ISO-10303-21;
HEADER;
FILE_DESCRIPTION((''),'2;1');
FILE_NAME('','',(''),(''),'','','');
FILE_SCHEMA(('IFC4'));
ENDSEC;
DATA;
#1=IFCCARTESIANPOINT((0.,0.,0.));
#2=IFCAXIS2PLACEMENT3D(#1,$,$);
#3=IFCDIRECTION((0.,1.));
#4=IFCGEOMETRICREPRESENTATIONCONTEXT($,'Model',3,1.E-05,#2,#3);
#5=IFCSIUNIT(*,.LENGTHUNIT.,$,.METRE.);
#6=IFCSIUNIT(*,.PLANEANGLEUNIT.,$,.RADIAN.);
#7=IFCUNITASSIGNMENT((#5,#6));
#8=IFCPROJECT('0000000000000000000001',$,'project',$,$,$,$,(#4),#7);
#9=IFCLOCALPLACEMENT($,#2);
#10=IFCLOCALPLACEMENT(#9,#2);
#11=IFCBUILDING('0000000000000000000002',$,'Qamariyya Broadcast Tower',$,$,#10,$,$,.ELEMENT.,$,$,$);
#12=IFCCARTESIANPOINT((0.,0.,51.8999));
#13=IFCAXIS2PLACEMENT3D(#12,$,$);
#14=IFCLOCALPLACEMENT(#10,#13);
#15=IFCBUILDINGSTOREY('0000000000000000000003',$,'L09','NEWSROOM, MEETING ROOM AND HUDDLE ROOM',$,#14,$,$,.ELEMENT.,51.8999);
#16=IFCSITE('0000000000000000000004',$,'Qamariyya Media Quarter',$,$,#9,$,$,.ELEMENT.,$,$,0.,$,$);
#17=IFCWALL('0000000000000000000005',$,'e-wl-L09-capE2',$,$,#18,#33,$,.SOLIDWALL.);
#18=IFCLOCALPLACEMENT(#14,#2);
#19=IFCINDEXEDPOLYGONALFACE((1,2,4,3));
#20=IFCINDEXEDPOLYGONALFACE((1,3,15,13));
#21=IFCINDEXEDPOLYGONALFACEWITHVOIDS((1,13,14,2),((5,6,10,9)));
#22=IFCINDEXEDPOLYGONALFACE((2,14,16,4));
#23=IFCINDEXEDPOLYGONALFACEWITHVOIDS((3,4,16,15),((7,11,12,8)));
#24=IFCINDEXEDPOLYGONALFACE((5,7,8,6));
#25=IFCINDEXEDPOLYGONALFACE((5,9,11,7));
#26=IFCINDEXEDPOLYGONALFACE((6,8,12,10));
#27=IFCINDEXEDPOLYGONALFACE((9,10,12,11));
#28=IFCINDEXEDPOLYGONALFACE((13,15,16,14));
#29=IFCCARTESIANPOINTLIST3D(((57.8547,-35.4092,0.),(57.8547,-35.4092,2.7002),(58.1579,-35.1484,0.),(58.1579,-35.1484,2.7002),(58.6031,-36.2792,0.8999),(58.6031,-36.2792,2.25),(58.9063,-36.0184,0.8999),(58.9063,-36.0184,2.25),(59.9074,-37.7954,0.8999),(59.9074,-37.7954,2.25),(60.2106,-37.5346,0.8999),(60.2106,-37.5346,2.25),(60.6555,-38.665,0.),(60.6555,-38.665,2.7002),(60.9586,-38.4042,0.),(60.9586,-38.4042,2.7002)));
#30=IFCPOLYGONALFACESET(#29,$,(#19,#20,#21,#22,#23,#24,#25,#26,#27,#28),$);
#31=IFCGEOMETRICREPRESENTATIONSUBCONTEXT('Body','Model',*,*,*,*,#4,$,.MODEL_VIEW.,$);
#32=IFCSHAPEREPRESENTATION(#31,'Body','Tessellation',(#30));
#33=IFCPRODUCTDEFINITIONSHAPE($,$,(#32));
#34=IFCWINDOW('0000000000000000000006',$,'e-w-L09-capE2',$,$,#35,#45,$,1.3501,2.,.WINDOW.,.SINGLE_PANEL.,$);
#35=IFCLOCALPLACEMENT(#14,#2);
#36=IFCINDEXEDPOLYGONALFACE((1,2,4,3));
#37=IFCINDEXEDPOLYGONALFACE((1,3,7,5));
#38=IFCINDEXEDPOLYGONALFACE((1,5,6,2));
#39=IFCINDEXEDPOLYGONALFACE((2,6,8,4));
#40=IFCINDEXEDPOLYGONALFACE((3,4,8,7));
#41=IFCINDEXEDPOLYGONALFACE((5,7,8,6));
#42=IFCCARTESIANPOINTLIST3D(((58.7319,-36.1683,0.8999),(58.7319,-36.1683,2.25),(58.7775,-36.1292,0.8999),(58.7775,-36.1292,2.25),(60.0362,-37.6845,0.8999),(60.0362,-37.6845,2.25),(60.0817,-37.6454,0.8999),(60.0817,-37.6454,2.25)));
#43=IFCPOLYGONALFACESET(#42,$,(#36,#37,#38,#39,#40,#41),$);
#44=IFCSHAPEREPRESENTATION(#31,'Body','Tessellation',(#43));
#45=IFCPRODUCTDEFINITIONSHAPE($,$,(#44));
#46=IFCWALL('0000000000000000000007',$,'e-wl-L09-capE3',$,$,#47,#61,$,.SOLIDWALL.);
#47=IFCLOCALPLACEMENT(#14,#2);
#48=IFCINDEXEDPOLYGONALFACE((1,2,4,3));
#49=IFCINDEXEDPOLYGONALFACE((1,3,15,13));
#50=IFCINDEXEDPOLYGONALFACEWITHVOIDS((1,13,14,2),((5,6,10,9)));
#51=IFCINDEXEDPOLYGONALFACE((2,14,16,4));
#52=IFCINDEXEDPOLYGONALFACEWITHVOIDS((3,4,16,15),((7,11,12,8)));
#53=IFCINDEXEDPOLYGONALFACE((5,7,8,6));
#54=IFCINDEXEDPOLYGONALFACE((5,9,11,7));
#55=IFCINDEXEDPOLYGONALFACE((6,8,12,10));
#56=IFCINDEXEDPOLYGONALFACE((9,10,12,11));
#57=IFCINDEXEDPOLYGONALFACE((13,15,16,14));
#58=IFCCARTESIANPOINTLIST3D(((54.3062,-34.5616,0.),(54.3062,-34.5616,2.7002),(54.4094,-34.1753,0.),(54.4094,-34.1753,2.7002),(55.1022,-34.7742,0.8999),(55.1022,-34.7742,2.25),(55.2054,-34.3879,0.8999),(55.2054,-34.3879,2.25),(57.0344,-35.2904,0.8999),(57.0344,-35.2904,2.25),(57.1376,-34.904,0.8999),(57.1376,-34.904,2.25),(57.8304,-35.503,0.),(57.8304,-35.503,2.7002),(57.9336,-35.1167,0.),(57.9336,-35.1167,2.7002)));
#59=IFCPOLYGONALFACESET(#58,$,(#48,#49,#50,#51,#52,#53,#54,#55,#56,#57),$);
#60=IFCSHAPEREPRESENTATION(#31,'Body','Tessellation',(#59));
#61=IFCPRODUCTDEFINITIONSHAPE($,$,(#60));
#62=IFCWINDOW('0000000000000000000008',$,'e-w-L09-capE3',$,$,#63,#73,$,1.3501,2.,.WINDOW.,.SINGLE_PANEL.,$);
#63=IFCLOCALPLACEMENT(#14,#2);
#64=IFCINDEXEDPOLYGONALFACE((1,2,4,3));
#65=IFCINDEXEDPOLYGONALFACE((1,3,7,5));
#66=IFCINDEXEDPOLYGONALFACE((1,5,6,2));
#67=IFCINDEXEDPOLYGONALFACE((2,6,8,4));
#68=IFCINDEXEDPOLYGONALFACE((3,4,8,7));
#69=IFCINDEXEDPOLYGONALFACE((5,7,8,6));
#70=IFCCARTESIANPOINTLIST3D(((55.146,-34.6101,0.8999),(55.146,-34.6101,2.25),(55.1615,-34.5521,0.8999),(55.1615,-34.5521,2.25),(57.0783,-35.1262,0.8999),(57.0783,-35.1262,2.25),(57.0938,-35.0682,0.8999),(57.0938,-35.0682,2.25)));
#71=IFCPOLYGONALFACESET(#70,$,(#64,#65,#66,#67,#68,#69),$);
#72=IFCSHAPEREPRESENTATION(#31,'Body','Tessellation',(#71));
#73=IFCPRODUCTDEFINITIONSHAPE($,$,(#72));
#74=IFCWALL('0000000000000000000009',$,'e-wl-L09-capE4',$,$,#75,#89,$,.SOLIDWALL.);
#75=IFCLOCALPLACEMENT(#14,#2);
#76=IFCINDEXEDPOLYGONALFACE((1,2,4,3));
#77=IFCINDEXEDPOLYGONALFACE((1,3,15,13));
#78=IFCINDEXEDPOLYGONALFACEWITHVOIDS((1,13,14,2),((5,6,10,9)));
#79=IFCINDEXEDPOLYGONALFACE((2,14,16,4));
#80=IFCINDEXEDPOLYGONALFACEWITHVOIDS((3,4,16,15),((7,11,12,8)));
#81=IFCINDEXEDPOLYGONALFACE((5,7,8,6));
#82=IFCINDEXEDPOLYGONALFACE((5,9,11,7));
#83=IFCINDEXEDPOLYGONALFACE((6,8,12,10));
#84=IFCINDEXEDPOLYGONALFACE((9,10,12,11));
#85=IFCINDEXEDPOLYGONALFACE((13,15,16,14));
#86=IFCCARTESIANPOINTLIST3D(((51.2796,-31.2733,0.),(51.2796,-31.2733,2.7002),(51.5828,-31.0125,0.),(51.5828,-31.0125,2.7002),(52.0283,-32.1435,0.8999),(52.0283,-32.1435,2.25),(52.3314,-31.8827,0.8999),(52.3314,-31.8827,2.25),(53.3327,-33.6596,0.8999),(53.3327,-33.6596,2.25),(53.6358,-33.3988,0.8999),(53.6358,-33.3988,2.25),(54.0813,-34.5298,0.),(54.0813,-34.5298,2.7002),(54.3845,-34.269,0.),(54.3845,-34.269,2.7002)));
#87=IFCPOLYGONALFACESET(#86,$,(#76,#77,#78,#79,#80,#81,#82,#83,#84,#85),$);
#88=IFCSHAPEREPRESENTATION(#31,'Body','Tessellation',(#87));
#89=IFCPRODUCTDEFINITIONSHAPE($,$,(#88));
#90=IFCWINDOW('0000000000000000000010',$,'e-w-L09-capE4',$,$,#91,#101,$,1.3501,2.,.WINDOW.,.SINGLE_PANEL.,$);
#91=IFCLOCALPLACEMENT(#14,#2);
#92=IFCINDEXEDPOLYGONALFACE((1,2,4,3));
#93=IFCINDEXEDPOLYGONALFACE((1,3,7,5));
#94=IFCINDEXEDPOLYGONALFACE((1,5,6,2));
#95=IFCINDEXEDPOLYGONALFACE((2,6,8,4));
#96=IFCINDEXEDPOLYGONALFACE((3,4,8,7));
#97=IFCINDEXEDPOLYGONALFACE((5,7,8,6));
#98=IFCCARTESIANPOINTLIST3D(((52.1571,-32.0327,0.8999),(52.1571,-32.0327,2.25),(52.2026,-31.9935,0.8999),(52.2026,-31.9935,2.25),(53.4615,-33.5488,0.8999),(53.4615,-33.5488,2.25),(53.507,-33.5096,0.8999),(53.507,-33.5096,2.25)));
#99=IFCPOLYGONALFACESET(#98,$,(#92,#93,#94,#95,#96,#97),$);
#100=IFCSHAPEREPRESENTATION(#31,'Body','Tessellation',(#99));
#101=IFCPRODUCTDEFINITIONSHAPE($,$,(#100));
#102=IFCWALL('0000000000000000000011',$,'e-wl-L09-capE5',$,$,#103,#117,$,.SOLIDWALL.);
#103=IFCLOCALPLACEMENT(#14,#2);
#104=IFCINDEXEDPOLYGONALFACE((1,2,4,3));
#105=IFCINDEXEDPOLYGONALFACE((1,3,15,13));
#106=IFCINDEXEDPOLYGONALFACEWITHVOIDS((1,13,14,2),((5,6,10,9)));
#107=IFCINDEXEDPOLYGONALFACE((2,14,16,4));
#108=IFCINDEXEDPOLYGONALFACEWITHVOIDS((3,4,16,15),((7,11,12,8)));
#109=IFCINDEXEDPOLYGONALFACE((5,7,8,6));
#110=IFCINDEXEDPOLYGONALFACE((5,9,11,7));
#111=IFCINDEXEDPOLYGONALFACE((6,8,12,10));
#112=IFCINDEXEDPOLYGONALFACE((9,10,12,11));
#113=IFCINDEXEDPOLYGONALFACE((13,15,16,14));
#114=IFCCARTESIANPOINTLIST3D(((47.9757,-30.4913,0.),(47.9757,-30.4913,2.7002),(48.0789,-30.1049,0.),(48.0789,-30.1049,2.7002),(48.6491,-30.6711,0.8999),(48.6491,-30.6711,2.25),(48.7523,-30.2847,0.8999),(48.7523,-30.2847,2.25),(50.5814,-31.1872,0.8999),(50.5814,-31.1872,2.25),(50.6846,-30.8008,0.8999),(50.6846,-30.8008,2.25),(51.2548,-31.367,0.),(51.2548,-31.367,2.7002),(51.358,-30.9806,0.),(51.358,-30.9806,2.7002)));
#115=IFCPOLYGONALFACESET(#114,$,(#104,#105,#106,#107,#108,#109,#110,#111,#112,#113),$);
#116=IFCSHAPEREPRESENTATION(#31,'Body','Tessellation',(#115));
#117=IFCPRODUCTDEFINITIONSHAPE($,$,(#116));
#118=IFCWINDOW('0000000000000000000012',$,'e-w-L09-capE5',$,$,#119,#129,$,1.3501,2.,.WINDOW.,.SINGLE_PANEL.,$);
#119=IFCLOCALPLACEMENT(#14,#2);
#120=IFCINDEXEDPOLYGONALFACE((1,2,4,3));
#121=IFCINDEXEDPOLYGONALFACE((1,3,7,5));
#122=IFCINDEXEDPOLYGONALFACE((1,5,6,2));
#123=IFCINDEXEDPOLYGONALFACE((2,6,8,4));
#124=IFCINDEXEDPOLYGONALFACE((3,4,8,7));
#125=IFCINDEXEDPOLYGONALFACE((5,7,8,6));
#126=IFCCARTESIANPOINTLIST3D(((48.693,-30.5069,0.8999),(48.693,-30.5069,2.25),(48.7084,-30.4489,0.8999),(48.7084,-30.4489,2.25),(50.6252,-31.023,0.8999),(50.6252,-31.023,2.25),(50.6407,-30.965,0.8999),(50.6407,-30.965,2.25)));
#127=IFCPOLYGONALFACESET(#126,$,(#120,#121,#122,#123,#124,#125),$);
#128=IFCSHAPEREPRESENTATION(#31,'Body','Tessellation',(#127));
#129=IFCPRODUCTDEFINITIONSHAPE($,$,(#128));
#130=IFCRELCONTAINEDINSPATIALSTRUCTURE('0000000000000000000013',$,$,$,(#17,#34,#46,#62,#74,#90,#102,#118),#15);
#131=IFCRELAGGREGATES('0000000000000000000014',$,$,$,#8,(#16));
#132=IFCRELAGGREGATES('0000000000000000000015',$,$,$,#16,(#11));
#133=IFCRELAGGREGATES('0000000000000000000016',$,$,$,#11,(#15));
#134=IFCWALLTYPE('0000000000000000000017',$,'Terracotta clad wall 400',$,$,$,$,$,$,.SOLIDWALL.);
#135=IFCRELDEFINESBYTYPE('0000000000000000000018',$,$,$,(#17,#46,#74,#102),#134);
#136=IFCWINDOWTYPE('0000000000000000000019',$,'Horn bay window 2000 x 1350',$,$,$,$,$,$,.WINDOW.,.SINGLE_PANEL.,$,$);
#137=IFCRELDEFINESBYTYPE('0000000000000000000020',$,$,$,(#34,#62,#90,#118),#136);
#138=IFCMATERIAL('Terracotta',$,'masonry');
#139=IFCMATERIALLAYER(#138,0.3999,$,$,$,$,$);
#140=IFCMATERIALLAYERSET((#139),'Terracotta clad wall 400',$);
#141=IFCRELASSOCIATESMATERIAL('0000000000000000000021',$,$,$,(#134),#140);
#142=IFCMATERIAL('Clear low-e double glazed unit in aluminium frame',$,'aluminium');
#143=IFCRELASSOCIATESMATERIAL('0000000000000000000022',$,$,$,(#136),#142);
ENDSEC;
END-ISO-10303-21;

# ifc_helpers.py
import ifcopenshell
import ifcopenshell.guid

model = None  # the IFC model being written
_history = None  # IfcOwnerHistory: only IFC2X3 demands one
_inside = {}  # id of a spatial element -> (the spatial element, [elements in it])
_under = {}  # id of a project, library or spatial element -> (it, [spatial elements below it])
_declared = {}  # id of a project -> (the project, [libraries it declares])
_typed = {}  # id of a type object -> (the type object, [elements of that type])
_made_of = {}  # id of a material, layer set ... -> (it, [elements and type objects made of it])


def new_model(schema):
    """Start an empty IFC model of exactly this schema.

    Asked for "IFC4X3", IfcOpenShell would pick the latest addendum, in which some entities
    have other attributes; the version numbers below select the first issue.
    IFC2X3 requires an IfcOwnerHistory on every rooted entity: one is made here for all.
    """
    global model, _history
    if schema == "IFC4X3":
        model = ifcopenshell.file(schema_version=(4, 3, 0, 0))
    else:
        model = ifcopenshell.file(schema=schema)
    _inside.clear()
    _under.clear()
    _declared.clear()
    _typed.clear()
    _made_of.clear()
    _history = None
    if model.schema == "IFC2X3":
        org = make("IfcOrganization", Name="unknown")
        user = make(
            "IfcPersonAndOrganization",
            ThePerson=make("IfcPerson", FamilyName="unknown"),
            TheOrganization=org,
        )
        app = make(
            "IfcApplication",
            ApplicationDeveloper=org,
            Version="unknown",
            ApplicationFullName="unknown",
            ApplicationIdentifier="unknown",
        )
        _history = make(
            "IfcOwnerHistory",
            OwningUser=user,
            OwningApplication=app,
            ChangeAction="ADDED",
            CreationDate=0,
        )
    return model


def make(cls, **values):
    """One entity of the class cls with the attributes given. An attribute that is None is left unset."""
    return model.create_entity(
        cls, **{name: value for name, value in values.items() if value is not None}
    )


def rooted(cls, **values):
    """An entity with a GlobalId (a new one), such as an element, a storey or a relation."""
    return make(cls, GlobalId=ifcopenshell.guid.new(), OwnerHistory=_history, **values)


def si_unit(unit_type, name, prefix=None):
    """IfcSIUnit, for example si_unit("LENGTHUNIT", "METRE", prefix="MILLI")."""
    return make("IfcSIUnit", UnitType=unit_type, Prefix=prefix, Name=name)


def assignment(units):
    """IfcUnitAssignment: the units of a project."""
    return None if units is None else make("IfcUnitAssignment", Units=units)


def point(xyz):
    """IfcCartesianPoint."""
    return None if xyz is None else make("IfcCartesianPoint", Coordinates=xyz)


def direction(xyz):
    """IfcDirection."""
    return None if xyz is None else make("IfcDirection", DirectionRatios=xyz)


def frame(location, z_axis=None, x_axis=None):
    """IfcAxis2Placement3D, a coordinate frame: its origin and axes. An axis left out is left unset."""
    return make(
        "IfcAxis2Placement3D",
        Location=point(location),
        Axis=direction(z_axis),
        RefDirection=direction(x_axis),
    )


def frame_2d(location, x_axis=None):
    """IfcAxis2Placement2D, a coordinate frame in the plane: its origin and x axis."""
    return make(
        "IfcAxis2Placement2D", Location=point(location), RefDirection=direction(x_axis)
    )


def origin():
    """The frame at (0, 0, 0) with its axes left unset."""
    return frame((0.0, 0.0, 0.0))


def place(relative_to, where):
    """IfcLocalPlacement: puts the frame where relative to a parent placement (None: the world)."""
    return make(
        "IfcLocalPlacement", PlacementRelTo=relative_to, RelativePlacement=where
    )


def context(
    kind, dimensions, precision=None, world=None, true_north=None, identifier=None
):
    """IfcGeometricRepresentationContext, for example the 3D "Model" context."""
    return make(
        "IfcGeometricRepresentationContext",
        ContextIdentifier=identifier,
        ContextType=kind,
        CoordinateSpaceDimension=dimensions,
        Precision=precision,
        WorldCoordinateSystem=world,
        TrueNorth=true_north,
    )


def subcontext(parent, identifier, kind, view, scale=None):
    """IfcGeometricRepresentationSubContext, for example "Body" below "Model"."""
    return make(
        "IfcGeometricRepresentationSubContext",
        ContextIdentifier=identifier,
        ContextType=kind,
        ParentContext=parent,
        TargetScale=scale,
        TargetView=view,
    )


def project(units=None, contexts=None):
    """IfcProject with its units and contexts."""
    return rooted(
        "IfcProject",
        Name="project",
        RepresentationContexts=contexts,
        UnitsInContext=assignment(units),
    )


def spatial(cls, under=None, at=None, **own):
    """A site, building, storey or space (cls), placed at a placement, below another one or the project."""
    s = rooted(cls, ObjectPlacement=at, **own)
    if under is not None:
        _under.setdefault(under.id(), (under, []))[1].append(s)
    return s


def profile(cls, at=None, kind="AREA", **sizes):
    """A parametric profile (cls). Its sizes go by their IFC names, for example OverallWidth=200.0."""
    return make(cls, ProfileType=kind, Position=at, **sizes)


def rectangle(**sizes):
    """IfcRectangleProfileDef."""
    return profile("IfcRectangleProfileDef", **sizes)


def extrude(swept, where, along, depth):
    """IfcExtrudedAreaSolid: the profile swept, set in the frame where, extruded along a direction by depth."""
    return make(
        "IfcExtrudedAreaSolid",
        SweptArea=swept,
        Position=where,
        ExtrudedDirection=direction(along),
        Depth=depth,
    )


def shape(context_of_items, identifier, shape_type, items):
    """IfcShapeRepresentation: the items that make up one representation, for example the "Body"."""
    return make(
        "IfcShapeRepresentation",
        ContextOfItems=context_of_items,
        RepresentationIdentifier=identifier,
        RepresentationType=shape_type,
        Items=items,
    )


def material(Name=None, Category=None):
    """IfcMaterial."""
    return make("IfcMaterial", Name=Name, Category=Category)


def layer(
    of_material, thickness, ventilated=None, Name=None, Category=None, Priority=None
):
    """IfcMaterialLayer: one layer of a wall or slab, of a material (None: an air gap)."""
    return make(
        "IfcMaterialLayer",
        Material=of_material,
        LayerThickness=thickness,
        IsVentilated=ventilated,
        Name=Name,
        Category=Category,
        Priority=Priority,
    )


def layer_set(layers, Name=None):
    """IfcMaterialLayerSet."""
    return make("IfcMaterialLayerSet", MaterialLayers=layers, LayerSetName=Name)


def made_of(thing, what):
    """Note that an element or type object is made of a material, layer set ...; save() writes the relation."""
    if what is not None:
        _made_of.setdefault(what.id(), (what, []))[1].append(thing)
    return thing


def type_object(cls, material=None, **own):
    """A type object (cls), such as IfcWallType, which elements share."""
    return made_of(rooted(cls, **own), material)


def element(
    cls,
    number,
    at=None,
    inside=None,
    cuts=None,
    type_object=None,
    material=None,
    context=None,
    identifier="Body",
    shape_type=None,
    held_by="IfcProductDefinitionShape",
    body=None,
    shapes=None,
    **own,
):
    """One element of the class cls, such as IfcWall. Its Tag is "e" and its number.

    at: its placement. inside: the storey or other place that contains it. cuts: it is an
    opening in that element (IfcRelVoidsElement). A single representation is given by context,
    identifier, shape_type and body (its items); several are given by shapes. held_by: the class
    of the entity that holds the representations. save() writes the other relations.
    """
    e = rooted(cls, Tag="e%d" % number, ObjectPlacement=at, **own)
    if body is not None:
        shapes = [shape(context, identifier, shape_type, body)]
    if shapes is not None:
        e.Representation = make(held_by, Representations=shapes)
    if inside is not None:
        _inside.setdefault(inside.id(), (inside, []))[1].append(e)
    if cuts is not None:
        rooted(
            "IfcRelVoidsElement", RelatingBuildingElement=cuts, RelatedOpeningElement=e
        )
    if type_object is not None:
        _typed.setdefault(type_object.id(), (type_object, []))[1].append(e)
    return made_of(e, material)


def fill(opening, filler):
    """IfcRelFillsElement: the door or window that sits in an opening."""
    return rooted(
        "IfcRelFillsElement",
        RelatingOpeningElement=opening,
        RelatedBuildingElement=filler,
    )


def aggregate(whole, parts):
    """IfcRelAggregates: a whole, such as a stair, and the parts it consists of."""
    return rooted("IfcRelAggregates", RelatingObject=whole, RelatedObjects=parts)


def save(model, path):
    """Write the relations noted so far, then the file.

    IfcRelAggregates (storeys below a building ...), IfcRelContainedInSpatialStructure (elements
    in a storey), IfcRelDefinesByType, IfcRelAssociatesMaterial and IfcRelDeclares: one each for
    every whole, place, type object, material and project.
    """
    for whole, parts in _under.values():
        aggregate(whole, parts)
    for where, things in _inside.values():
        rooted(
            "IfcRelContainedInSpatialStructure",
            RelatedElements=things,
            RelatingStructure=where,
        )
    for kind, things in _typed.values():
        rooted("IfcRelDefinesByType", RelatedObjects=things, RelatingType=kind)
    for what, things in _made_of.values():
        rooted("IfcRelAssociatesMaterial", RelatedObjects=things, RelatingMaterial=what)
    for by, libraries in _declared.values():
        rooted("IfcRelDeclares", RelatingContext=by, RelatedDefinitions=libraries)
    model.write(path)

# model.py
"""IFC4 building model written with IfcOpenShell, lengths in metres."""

from ifc_helpers import new_model, si_unit, direction, frame, frame_2d, origin, place, context, subcontext, project, spatial, rectangle, extrude, material, layer, layer_set, type_object, element, fill, save


model = new_model("IFC4")

# Units and contexts
model_context = context("Model", 3, precision=1e-05, world=origin(), true_north=direction((0.0, 1.0)))
body_context = subcontext(model_context, "Body", "Model", "MODEL_VIEW")
ifc_project = project(units=[si_unit("LENGTHUNIT", "METRE"), si_unit("PLANEANGLEUNIT", "RADIAN")], contexts=[model_context])

# Site, building, storey
site_placement = place(None, origin())
site = spatial("IfcSite", under=ifc_project, at=site_placement, Name="Qamariyya Media Quarter", CompositionType="ELEMENT", RefElevation=0.0)
building_placement = place(site_placement, origin())
building = spatial("IfcBuilding", under=site, at=building_placement, Name="Qamariyya Broadcast Tower", CompositionType="ELEMENT")
storey_placement = place(building_placement, frame((0.0, 0.0, 51.8999)))
storey = spatial("IfcBuildingStorey", under=building, at=storey_placement, Name="L09", Description="NEWSROOM, MEETING ROOM AND HUDDLE ROOM", CompositionType="ELEMENT", Elevation=51.8999)

# Walls, openings, windows
ifc_material_1 = material(Name="Terracotta", Category="masonry")
ifc_layer = layer(ifc_material_1, 0.3999)
ifc_layer_set = layer_set([ifc_layer], Name="Terracotta clad wall 400")
wall_type = type_object("IfcWallType", Name="Terracotta clad wall 400", PredefinedType="SOLIDWALL", material=ifc_layer_set)
ifc_material_2 = material(Name="Clear low-e double glazed unit in aluminium frame", Category="aluminium")
window_type_1 = type_object("IfcWindowType", Name="Horn bay window 2000 x 1350", PartitioningType="SINGLE_PANEL", PredefinedType="WINDOW", material=ifc_material_2)
wall_1_placement = place(storey_placement, frame((60.8071, -38.5347, 0.0), z_axis=(0.0, 0.0, 1.0), x_axis=(-0.652139, 0.7581, 0.0)))
wall_1 = element("IfcWall", 1, at=wall_1_placement, inside=storey, type_object=wall_type, Name="e-wl-L09-capE2", PredefinedType="SOLIDWALL", context=body_context, shape_type="SweptSolid", body=[
    extrude(rectangle(XDim=4.2947, YDim=0.3999, at=frame_2d((2.1475, 0.0))), origin(), (0.0, 0.0, 1.0), 2.7002),
])
opening_1_placement = place(wall_1_placement, frame((1.1472, 0.0, 0.8999)))
opening_1 = element("IfcOpeningElement", 2, at=opening_1_placement, cuts=wall_1, PredefinedType="OPENING", context=body_context, shape_type="SweptSolid", body=[
    extrude(rectangle(XDim=2.0, YDim=1.3501, at=frame_2d((1.0, 0.675))), frame((0.0, 0.21, 0.0), z_axis=(0.0, -1.0, 0.0), x_axis=(1.0, 0.0, 0.0)), (0.0, 0.0, 1.0), 0.4199),
])
window_1_placement = place(opening_1_placement, origin())
window_1 = element("IfcWindow", 3, at=window_1_placement, inside=storey, type_object=window_type_1, Name="e-w-L09-capE2", OverallHeight=1.3501, OverallWidth=2.0, PartitioningType="SINGLE_PANEL", PredefinedType="WINDOW", context=body_context, shape_type="SweptSolid", body=[
    extrude(rectangle(XDim=2.0, YDim=1.3501, at=frame_2d((1.0, 0.675))), frame((0.0, 0.03, 0.0), z_axis=(0.0, -1.0, 0.0), x_axis=(1.0, 0.0, 0.0)), (0.0, 0.0, 1.0), 0.0601),
])
fill(opening_1, window_1)
wall_2_placement = place(storey_placement, frame((57.8818, -35.3098, 0.0), z_axis=(0.0, 0.0, 1.0), x_axis=(-0.966124, 0.258079, 0.0)))
wall_2 = element("IfcWall", 4, at=wall_2_placement, inside=storey, type_object=wall_type, Name="e-wl-L09-capE3", PredefinedType="SOLIDWALL", context=body_context, shape_type="SweptSolid", body=[
    extrude(rectangle(XDim=3.6477, YDim=0.3999, at=frame_2d((1.8237, 0.0))), origin(), (0.0, 0.0, 1.0), 2.7002),
])
opening_2_placement = place(wall_2_placement, frame((0.8237, 0.0, 0.8999)))
opening_2 = element("IfcOpeningElement", 5, at=opening_2_placement, cuts=wall_2, PredefinedType="OPENING", context=body_context, shape_type="SweptSolid", body=[
    extrude(rectangle(XDim=2.0, YDim=1.3501, at=frame_2d((1.0, 0.675))), frame((0.0, 0.21, 0.0), z_axis=(0.0, -1.0, 0.0), x_axis=(1.0, 0.0, 0.0)), (0.0, 0.0, 1.0), 0.4199),
])
window_2_placement = place(opening_2_placement, origin())
window_2 = element("IfcWindow", 6, at=window_2_placement, inside=storey, type_object=window_type_1, Name="e-w-L09-capE3", OverallHeight=1.3501, OverallWidth=2.0, PartitioningType="SINGLE_PANEL", PredefinedType="WINDOW", context=body_context, shape_type="SweptSolid", body=[
    extrude(rectangle(XDim=2.0, YDim=1.3501, at=frame_2d((1.0, 0.675))), frame((0.0, 0.03, 0.0), z_axis=(0.0, -1.0, 0.0), x_axis=(1.0, 0.0, 0.0)), (0.0, 0.0, 1.0), 0.0601),
])
fill(opening_2, window_2)
wall_3_placement = place(storey_placement, frame((54.2329, -34.3994, 0.0), z_axis=(0.0, 0.0, 1.0), x_axis=(-0.652185, 0.75806, 0.0)))
wall_3 = element("IfcWall", 7, at=wall_3_placement, inside=storey, type_object=wall_type, Name="e-wl-L09-capE4", PredefinedType="SOLIDWALL", context=body_context, shape_type="SweptSolid", body=[
    extrude(rectangle(XDim=4.2959, YDim=0.3999, at=frame_2d((2.1479, 0.0))), origin(), (0.0, 0.0, 1.0), 2.7002),
])
opening_3_placement = place(wall_3_placement, frame((1.1479, 0.0, 0.8999)))
opening_3 = element("IfcOpeningElement", 8, at=opening_3_placement, cuts=wall_3, PredefinedType="OPENING", context=body_context, shape_type="SweptSolid", body=[
    extrude(rectangle(XDim=2.0, YDim=1.3501, at=frame_2d((1.0, 0.675))), frame((0.0, 0.21, 0.0), z_axis=(0.0, -1.0, 0.0), x_axis=(1.0, 0.0, 0.0)), (0.0, 0.0, 1.0), 0.4199),
])
window_3_placement = place(opening_3_placement, origin())
window_3 = element("IfcWindow", 9, at=window_3_placement, inside=storey, type_object=window_type_1, Name="e-w-L09-capE4", OverallHeight=1.3501, OverallWidth=2.0, PartitioningType="SINGLE_PANEL", PredefinedType="WINDOW", context=body_context, shape_type="SweptSolid", body=[
    extrude(rectangle(XDim=2.0, YDim=1.3501, at=frame_2d((1.0, 0.675))), frame((0.0, 0.03, 0.0), z_axis=(0.0, -1.0, 0.0), x_axis=(1.0, 0.0, 0.0)), (0.0, 0.0, 1.0), 0.0601),
])
fill(opening_3, window_3)
wall_4_placement = place(storey_placement, frame((51.3064, -31.1738, 0.0), z_axis=(0.0, 0.0, 1.0), x_axis=(-0.966138, 0.258025, 0.0)))
wall_4 = element("IfcWall", 10, at=wall_4_placement, inside=storey, type_object=wall_type, Name="e-wl-L09-capE5", PredefinedType="SOLIDWALL", context=body_context, shape_type="SweptSolid", body=[
    extrude(rectangle(XDim=3.394, YDim=0.3999, at=frame_2d((1.697, 0.0))), origin(), (0.0, 0.0, 1.0), 2.7002),
])
opening_4_placement = place(wall_4_placement, frame((0.697, 0.0, 0.8999)))
opening_4 = element("IfcOpeningElement", 11, at=opening_4_placement, cuts=wall_4, PredefinedType="OPENING", context=body_context, shape_type="SweptSolid", body=[
    extrude(rectangle(XDim=2.0, YDim=1.3501, at=frame_2d((1.0, 0.675))), frame((0.0, 0.21, 0.0), z_axis=(0.0, -1.0, 0.0), x_axis=(1.0, 0.0, 0.0)), (0.0, 0.0, 1.0), 0.4199),
])
window_4_placement = place(opening_4_placement, origin())
window_4 = element("IfcWindow", 12, at=window_4_placement, inside=storey, type_object=window_type_1, Name="e-w-L09-capE5", OverallHeight=1.3501, OverallWidth=2.0, PartitioningType="SINGLE_PANEL", PredefinedType="WINDOW", context=body_context, shape_type="SweptSolid", body=[
    extrude(rectangle(XDim=2.0, YDim=1.3501, at=frame_2d((1.0, 0.675))), frame((0.0, 0.03, 0.0), z_axis=(0.0, -1.0, 0.0), x_axis=(1.0, 0.0, 0.0)), (0.0, 0.0, 1.0), 0.0601),
])
fill(opening_4, window_4)

save(model, "model.ifc")
